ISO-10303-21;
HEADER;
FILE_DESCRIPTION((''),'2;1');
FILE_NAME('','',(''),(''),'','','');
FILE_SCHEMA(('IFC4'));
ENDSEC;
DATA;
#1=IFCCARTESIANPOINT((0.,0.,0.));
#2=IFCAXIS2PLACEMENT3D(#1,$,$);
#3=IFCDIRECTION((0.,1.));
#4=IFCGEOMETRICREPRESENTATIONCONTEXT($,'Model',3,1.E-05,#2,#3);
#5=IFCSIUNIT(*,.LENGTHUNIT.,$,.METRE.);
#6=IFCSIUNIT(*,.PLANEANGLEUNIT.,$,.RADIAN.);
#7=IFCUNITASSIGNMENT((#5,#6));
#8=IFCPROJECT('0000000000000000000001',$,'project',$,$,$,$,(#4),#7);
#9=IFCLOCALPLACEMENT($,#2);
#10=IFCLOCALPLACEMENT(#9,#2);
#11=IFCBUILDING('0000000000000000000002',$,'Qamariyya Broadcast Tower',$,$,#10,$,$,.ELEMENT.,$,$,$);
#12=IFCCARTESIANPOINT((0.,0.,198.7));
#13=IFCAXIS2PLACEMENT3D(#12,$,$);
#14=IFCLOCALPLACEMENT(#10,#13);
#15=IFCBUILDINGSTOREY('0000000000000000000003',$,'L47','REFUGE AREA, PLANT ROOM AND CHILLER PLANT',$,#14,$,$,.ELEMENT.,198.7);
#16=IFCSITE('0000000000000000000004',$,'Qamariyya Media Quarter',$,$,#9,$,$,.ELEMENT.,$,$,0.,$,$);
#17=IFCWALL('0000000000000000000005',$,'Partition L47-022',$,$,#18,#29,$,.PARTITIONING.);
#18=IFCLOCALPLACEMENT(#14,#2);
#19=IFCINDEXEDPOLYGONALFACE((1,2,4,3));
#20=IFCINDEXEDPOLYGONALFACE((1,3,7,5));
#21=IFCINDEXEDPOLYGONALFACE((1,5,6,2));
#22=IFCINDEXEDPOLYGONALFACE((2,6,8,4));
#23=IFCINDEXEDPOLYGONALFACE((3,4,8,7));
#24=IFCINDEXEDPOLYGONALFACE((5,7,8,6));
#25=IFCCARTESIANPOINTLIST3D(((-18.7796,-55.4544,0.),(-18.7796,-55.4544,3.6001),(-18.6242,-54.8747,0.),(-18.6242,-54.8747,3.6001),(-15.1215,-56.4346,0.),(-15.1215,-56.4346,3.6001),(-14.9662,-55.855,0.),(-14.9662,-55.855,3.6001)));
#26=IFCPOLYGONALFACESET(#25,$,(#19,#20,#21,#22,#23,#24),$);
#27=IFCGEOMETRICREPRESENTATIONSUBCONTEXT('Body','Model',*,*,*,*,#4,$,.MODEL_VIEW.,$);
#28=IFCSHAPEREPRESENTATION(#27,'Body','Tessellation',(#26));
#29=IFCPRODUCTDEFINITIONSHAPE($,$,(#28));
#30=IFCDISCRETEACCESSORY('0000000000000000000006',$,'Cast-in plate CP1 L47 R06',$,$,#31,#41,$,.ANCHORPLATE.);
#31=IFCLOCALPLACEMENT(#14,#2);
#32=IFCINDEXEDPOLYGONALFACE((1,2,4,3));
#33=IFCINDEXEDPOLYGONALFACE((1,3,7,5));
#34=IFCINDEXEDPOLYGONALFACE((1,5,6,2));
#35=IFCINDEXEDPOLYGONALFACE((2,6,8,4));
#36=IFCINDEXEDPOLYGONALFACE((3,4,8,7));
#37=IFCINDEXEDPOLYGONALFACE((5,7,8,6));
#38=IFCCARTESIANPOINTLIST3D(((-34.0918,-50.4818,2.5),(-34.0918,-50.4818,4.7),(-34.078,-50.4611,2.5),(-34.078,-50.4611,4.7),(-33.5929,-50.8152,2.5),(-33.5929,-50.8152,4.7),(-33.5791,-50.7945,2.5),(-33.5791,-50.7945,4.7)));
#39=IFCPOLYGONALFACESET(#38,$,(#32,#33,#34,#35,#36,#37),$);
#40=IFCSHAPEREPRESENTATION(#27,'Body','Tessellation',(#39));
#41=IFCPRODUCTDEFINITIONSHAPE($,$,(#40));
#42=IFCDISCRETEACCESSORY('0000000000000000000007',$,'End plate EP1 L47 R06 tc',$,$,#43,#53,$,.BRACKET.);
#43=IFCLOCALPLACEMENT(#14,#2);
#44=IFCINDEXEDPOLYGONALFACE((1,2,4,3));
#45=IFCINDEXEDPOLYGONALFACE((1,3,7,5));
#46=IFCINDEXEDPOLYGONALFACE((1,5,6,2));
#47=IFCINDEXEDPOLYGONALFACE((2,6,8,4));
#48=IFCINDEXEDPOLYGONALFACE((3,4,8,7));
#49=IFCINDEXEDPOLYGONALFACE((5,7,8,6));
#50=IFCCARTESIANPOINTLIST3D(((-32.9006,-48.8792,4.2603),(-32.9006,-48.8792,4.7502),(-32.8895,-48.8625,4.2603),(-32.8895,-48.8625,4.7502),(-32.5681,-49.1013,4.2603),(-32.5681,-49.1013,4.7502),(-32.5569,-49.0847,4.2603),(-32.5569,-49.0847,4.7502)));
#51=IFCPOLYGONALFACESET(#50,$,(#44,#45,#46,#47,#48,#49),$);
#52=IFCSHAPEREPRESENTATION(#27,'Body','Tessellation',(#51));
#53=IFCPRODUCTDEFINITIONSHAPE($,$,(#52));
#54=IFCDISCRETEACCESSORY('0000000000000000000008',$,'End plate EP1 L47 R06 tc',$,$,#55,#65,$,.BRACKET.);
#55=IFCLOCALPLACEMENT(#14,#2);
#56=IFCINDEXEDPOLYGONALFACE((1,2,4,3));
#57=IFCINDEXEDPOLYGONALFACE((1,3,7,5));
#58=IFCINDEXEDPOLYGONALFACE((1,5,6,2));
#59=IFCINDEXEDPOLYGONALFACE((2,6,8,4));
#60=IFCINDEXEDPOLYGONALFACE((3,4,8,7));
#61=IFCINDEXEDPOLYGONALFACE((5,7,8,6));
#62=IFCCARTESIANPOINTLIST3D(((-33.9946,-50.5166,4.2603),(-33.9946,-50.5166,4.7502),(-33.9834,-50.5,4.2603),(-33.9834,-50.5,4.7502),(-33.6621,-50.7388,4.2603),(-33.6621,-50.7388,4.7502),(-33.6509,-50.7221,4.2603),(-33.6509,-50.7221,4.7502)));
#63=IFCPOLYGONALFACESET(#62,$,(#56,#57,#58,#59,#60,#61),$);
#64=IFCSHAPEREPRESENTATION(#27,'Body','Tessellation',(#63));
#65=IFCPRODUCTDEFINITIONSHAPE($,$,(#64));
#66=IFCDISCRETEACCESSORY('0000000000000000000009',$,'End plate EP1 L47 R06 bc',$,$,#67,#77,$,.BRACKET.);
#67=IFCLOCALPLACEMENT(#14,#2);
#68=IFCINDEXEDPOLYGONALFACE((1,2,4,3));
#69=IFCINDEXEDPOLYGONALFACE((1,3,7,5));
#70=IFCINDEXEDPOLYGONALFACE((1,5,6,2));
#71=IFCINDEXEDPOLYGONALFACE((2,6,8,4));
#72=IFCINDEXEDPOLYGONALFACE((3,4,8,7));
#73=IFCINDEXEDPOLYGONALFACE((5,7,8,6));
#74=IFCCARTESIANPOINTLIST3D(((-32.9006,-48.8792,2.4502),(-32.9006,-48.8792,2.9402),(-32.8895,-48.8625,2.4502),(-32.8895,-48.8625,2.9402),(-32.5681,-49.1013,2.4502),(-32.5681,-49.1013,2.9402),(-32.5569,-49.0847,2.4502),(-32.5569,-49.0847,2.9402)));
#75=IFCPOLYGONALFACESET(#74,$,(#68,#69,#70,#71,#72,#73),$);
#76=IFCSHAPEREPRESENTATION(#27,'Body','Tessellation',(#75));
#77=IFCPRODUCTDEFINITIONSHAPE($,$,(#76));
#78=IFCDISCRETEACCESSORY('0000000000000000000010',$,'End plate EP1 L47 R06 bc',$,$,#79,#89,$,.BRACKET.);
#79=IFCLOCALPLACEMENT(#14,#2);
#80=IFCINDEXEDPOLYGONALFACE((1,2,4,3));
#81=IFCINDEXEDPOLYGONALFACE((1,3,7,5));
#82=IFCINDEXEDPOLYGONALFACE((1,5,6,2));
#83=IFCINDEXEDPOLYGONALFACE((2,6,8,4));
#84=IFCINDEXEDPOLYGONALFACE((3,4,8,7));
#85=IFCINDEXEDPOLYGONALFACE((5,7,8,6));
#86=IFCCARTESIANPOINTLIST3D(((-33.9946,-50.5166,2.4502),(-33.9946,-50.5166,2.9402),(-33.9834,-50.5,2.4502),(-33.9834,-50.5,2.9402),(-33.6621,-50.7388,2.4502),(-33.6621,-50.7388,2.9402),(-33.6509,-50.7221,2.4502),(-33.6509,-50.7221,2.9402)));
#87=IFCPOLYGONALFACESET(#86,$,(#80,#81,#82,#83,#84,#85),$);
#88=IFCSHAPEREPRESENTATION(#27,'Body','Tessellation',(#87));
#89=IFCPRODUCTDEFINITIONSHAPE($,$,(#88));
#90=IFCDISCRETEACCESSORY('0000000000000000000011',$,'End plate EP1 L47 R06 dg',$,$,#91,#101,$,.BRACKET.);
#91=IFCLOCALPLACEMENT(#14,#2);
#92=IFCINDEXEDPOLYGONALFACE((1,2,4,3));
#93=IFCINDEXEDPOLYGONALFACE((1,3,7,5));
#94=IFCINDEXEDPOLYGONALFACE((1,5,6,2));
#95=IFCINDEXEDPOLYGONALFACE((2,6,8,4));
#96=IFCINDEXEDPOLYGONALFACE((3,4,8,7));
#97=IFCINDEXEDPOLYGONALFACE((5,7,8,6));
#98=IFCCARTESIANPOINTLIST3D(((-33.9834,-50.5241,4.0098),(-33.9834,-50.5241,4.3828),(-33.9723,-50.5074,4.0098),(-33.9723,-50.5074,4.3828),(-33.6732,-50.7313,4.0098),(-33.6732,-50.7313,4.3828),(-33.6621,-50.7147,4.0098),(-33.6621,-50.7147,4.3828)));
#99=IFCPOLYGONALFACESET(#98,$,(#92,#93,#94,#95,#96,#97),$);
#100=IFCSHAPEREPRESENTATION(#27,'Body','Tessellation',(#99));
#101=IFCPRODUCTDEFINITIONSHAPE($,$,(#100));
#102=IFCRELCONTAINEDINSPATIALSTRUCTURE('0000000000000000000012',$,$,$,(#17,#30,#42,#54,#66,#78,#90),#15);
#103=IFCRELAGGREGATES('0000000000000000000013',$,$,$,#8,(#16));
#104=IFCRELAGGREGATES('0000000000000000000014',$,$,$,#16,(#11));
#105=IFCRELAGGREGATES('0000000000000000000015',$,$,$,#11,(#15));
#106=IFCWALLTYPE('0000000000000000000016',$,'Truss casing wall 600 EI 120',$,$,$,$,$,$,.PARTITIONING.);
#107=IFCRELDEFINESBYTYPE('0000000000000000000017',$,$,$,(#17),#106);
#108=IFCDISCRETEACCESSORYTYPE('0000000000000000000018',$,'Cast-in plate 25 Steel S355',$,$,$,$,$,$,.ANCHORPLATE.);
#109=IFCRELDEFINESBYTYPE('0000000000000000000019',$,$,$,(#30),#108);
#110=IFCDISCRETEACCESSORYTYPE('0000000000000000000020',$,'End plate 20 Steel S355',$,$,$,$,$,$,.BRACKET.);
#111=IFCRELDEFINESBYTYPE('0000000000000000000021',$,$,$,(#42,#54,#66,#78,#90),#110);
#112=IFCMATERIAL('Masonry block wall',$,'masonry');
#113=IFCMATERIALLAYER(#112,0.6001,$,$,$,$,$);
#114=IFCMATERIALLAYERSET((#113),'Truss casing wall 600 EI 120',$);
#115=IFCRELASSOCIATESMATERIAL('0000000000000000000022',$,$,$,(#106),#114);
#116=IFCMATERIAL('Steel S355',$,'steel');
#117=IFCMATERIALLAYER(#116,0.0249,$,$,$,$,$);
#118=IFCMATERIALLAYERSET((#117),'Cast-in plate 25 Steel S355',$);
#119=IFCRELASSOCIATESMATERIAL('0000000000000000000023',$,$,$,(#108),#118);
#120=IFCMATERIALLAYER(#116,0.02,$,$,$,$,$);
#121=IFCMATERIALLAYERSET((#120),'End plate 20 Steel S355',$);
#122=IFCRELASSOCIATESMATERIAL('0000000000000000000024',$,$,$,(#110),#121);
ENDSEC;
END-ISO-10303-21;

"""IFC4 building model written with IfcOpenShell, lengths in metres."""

from ifc_helpers import new_model, si_unit, direction, frame, frame_2d, origin, origin_2d, place, context, subcontext, project, spatial, rectangle, extrude, material, layer, layer_set, type_object, element, save


model = new_model("IFC4")

# Units and contexts
model_context = context("Model", 3, precision=1e-05, world=origin(), true_north=direction((0.0, 1.0)))
body_context = subcontext(model_context, "Body", "Model", "MODEL_VIEW")
ifc_project = project(units=[si_unit("LENGTHUNIT", "METRE"), si_unit("PLANEANGLEUNIT", "RADIAN")], contexts=[model_context])

# Site, building, storey
site_placement = place(None, origin())
site = spatial("IfcSite", under=ifc_project, at=site_placement, Name="Qamariyya Media Quarter", CompositionType="ELEMENT", RefElevation=0.0)
building_placement = place(site_placement, origin())
building = spatial("IfcBuilding", under=site, at=building_placement, Name="Qamariyya Broadcast Tower", CompositionType="ELEMENT")
storey_placement = place(building_placement, frame((0.0, 0.0, 198.7)))
storey = spatial("IfcBuildingStorey", under=building, at=storey_placement, Name="L47", Description="REFUGE AREA, PLANT ROOM AND CHILLER PLANT", CompositionType="ELEMENT", Elevation=198.7)

# Shared definitions
ifc_material_1 = material(Name="Steel S355", Category="steel")

# Wall
ifc_material_2 = material(Name="Masonry block wall", Category="masonry")
ifc_layer_1 = layer(ifc_material_2, 0.6001)
ifc_layer_set_1 = layer_set([ifc_layer_1], Name="Truss casing wall 600 EI 120")
wall_type_1 = type_object("IfcWallType", Name="Truss casing wall 600 EI 120", PredefinedType="PARTITIONING", material=ifc_layer_set_1)
wall_1_placement = place(storey_placement, frame((-18.7019, -55.1646, 0.0), z_axis=(0.0, 0.0, 1.0), x_axis=(0.965921, -0.258838, 0.0)))
element("IfcWall", 1, at=wall_1_placement, inside=storey, type_object=wall_type_1, Name="Partition L47-022", PredefinedType="PARTITIONING", context=body_context, shape_type="SweptSolid", body=[
    extrude(rectangle(XDim=3.7871, YDim=0.6001, at=frame_2d((1.8936, 0.0))), origin(), (0.0, 0.0, 1.0), 3.6001),
])

# Discrete accessories
ifc_layer_2 = layer(ifc_material_1, 0.0249)
ifc_layer_set_2 = layer_set([ifc_layer_2], Name="Cast-in plate 25 Steel S355")
discrete_accessory_type_1 = type_object("IfcDiscreteAccessoryType", Name="Cast-in plate 25 Steel S355", PredefinedType="ANCHORPLATE", material=ifc_layer_set_2)
discrete_accessory_1_placement = place(storey_placement, frame((-33.8354, -50.6382, 2.5), z_axis=(0.0, 0.0, 1.0), x_axis=(-0.83147, 0.55557, 0.0)))
element("IfcDiscreteAccessory", 2, at=discrete_accessory_1_placement, inside=storey, type_object=discrete_accessory_type_1, Name="Cast-in plate CP1 L47 R06", PredefinedType="ANCHORPLATE", context=body_context, shape_type="SweptSolid", body=[
    extrude(rectangle(XDim=0.6001, YDim=0.0249, at=origin_2d()), origin(), (0.0, 0.0, 1.0), 2.2),
])
ifc_layer_3 = layer(ifc_material_1, 0.02)
ifc_layer_set_3 = layer_set([ifc_layer_3], Name="End plate 20 Steel S355")
discrete_accessory_type_2 = type_object("IfcDiscreteAccessoryType", Name="End plate 20 Steel S355", PredefinedType="BRACKET", material=ifc_layer_set_3)
for number, where, z_axis, x_axis, name in (
    (3, (-32.7288, -48.9819, 4.2603), (0.0, 0.0, 1.0), (-0.83147, 0.55557, 0.0), "End plate EP1 L47 R06 tc"),
    (4, (-33.8228, -50.6194, 4.2603), (0.0, 0.0, 1.0), (-0.83147, 0.55557, 0.0), "End plate EP1 L47 R06 tc"),
    (5, (-32.7288, -48.9819, 2.4502), (0.0, 0.0, 1.0), (-0.83147, 0.55557, 0.0), "End plate EP1 L47 R06 bc"),
    (6, (-33.8228, -50.6194, 2.4502), (0.0, 0.0, 1.0), (-0.83147, 0.55557, 0.0), "End plate EP1 L47 R06 bc"),
):
    element("IfcDiscreteAccessory", number, at=place(storey_placement, frame(where, z_axis=z_axis, x_axis=x_axis)), inside=storey, type_object=discrete_accessory_type_2, Name=name, PredefinedType="BRACKET", context=body_context, shape_type="SweptSolid", body=[
        extrude(rectangle(XDim=0.3999, YDim=0.02, at=origin_2d()), origin(), (0.0, 0.0, 1.0), 0.49),
    ])
discrete_accessory_2_placement = place(storey_placement, frame((-33.8228, -50.6194, 4.0098), z_axis=(0.0, 0.0, 1.0), x_axis=(-0.83147, 0.55557, 0.0)))
element("IfcDiscreteAccessory", 7, at=discrete_accessory_2_placement, inside=storey, type_object=discrete_accessory_type_2, Name="End plate EP1 L47 R06 dg", PredefinedType="BRACKET", context=body_context, shape_type="SweptSolid", body=[
    extrude(rectangle(XDim=0.373, YDim=0.02, at=origin_2d()), origin(), (0.0, 0.0, 1.0), 0.373),
])

save(model, "model.ifc")
